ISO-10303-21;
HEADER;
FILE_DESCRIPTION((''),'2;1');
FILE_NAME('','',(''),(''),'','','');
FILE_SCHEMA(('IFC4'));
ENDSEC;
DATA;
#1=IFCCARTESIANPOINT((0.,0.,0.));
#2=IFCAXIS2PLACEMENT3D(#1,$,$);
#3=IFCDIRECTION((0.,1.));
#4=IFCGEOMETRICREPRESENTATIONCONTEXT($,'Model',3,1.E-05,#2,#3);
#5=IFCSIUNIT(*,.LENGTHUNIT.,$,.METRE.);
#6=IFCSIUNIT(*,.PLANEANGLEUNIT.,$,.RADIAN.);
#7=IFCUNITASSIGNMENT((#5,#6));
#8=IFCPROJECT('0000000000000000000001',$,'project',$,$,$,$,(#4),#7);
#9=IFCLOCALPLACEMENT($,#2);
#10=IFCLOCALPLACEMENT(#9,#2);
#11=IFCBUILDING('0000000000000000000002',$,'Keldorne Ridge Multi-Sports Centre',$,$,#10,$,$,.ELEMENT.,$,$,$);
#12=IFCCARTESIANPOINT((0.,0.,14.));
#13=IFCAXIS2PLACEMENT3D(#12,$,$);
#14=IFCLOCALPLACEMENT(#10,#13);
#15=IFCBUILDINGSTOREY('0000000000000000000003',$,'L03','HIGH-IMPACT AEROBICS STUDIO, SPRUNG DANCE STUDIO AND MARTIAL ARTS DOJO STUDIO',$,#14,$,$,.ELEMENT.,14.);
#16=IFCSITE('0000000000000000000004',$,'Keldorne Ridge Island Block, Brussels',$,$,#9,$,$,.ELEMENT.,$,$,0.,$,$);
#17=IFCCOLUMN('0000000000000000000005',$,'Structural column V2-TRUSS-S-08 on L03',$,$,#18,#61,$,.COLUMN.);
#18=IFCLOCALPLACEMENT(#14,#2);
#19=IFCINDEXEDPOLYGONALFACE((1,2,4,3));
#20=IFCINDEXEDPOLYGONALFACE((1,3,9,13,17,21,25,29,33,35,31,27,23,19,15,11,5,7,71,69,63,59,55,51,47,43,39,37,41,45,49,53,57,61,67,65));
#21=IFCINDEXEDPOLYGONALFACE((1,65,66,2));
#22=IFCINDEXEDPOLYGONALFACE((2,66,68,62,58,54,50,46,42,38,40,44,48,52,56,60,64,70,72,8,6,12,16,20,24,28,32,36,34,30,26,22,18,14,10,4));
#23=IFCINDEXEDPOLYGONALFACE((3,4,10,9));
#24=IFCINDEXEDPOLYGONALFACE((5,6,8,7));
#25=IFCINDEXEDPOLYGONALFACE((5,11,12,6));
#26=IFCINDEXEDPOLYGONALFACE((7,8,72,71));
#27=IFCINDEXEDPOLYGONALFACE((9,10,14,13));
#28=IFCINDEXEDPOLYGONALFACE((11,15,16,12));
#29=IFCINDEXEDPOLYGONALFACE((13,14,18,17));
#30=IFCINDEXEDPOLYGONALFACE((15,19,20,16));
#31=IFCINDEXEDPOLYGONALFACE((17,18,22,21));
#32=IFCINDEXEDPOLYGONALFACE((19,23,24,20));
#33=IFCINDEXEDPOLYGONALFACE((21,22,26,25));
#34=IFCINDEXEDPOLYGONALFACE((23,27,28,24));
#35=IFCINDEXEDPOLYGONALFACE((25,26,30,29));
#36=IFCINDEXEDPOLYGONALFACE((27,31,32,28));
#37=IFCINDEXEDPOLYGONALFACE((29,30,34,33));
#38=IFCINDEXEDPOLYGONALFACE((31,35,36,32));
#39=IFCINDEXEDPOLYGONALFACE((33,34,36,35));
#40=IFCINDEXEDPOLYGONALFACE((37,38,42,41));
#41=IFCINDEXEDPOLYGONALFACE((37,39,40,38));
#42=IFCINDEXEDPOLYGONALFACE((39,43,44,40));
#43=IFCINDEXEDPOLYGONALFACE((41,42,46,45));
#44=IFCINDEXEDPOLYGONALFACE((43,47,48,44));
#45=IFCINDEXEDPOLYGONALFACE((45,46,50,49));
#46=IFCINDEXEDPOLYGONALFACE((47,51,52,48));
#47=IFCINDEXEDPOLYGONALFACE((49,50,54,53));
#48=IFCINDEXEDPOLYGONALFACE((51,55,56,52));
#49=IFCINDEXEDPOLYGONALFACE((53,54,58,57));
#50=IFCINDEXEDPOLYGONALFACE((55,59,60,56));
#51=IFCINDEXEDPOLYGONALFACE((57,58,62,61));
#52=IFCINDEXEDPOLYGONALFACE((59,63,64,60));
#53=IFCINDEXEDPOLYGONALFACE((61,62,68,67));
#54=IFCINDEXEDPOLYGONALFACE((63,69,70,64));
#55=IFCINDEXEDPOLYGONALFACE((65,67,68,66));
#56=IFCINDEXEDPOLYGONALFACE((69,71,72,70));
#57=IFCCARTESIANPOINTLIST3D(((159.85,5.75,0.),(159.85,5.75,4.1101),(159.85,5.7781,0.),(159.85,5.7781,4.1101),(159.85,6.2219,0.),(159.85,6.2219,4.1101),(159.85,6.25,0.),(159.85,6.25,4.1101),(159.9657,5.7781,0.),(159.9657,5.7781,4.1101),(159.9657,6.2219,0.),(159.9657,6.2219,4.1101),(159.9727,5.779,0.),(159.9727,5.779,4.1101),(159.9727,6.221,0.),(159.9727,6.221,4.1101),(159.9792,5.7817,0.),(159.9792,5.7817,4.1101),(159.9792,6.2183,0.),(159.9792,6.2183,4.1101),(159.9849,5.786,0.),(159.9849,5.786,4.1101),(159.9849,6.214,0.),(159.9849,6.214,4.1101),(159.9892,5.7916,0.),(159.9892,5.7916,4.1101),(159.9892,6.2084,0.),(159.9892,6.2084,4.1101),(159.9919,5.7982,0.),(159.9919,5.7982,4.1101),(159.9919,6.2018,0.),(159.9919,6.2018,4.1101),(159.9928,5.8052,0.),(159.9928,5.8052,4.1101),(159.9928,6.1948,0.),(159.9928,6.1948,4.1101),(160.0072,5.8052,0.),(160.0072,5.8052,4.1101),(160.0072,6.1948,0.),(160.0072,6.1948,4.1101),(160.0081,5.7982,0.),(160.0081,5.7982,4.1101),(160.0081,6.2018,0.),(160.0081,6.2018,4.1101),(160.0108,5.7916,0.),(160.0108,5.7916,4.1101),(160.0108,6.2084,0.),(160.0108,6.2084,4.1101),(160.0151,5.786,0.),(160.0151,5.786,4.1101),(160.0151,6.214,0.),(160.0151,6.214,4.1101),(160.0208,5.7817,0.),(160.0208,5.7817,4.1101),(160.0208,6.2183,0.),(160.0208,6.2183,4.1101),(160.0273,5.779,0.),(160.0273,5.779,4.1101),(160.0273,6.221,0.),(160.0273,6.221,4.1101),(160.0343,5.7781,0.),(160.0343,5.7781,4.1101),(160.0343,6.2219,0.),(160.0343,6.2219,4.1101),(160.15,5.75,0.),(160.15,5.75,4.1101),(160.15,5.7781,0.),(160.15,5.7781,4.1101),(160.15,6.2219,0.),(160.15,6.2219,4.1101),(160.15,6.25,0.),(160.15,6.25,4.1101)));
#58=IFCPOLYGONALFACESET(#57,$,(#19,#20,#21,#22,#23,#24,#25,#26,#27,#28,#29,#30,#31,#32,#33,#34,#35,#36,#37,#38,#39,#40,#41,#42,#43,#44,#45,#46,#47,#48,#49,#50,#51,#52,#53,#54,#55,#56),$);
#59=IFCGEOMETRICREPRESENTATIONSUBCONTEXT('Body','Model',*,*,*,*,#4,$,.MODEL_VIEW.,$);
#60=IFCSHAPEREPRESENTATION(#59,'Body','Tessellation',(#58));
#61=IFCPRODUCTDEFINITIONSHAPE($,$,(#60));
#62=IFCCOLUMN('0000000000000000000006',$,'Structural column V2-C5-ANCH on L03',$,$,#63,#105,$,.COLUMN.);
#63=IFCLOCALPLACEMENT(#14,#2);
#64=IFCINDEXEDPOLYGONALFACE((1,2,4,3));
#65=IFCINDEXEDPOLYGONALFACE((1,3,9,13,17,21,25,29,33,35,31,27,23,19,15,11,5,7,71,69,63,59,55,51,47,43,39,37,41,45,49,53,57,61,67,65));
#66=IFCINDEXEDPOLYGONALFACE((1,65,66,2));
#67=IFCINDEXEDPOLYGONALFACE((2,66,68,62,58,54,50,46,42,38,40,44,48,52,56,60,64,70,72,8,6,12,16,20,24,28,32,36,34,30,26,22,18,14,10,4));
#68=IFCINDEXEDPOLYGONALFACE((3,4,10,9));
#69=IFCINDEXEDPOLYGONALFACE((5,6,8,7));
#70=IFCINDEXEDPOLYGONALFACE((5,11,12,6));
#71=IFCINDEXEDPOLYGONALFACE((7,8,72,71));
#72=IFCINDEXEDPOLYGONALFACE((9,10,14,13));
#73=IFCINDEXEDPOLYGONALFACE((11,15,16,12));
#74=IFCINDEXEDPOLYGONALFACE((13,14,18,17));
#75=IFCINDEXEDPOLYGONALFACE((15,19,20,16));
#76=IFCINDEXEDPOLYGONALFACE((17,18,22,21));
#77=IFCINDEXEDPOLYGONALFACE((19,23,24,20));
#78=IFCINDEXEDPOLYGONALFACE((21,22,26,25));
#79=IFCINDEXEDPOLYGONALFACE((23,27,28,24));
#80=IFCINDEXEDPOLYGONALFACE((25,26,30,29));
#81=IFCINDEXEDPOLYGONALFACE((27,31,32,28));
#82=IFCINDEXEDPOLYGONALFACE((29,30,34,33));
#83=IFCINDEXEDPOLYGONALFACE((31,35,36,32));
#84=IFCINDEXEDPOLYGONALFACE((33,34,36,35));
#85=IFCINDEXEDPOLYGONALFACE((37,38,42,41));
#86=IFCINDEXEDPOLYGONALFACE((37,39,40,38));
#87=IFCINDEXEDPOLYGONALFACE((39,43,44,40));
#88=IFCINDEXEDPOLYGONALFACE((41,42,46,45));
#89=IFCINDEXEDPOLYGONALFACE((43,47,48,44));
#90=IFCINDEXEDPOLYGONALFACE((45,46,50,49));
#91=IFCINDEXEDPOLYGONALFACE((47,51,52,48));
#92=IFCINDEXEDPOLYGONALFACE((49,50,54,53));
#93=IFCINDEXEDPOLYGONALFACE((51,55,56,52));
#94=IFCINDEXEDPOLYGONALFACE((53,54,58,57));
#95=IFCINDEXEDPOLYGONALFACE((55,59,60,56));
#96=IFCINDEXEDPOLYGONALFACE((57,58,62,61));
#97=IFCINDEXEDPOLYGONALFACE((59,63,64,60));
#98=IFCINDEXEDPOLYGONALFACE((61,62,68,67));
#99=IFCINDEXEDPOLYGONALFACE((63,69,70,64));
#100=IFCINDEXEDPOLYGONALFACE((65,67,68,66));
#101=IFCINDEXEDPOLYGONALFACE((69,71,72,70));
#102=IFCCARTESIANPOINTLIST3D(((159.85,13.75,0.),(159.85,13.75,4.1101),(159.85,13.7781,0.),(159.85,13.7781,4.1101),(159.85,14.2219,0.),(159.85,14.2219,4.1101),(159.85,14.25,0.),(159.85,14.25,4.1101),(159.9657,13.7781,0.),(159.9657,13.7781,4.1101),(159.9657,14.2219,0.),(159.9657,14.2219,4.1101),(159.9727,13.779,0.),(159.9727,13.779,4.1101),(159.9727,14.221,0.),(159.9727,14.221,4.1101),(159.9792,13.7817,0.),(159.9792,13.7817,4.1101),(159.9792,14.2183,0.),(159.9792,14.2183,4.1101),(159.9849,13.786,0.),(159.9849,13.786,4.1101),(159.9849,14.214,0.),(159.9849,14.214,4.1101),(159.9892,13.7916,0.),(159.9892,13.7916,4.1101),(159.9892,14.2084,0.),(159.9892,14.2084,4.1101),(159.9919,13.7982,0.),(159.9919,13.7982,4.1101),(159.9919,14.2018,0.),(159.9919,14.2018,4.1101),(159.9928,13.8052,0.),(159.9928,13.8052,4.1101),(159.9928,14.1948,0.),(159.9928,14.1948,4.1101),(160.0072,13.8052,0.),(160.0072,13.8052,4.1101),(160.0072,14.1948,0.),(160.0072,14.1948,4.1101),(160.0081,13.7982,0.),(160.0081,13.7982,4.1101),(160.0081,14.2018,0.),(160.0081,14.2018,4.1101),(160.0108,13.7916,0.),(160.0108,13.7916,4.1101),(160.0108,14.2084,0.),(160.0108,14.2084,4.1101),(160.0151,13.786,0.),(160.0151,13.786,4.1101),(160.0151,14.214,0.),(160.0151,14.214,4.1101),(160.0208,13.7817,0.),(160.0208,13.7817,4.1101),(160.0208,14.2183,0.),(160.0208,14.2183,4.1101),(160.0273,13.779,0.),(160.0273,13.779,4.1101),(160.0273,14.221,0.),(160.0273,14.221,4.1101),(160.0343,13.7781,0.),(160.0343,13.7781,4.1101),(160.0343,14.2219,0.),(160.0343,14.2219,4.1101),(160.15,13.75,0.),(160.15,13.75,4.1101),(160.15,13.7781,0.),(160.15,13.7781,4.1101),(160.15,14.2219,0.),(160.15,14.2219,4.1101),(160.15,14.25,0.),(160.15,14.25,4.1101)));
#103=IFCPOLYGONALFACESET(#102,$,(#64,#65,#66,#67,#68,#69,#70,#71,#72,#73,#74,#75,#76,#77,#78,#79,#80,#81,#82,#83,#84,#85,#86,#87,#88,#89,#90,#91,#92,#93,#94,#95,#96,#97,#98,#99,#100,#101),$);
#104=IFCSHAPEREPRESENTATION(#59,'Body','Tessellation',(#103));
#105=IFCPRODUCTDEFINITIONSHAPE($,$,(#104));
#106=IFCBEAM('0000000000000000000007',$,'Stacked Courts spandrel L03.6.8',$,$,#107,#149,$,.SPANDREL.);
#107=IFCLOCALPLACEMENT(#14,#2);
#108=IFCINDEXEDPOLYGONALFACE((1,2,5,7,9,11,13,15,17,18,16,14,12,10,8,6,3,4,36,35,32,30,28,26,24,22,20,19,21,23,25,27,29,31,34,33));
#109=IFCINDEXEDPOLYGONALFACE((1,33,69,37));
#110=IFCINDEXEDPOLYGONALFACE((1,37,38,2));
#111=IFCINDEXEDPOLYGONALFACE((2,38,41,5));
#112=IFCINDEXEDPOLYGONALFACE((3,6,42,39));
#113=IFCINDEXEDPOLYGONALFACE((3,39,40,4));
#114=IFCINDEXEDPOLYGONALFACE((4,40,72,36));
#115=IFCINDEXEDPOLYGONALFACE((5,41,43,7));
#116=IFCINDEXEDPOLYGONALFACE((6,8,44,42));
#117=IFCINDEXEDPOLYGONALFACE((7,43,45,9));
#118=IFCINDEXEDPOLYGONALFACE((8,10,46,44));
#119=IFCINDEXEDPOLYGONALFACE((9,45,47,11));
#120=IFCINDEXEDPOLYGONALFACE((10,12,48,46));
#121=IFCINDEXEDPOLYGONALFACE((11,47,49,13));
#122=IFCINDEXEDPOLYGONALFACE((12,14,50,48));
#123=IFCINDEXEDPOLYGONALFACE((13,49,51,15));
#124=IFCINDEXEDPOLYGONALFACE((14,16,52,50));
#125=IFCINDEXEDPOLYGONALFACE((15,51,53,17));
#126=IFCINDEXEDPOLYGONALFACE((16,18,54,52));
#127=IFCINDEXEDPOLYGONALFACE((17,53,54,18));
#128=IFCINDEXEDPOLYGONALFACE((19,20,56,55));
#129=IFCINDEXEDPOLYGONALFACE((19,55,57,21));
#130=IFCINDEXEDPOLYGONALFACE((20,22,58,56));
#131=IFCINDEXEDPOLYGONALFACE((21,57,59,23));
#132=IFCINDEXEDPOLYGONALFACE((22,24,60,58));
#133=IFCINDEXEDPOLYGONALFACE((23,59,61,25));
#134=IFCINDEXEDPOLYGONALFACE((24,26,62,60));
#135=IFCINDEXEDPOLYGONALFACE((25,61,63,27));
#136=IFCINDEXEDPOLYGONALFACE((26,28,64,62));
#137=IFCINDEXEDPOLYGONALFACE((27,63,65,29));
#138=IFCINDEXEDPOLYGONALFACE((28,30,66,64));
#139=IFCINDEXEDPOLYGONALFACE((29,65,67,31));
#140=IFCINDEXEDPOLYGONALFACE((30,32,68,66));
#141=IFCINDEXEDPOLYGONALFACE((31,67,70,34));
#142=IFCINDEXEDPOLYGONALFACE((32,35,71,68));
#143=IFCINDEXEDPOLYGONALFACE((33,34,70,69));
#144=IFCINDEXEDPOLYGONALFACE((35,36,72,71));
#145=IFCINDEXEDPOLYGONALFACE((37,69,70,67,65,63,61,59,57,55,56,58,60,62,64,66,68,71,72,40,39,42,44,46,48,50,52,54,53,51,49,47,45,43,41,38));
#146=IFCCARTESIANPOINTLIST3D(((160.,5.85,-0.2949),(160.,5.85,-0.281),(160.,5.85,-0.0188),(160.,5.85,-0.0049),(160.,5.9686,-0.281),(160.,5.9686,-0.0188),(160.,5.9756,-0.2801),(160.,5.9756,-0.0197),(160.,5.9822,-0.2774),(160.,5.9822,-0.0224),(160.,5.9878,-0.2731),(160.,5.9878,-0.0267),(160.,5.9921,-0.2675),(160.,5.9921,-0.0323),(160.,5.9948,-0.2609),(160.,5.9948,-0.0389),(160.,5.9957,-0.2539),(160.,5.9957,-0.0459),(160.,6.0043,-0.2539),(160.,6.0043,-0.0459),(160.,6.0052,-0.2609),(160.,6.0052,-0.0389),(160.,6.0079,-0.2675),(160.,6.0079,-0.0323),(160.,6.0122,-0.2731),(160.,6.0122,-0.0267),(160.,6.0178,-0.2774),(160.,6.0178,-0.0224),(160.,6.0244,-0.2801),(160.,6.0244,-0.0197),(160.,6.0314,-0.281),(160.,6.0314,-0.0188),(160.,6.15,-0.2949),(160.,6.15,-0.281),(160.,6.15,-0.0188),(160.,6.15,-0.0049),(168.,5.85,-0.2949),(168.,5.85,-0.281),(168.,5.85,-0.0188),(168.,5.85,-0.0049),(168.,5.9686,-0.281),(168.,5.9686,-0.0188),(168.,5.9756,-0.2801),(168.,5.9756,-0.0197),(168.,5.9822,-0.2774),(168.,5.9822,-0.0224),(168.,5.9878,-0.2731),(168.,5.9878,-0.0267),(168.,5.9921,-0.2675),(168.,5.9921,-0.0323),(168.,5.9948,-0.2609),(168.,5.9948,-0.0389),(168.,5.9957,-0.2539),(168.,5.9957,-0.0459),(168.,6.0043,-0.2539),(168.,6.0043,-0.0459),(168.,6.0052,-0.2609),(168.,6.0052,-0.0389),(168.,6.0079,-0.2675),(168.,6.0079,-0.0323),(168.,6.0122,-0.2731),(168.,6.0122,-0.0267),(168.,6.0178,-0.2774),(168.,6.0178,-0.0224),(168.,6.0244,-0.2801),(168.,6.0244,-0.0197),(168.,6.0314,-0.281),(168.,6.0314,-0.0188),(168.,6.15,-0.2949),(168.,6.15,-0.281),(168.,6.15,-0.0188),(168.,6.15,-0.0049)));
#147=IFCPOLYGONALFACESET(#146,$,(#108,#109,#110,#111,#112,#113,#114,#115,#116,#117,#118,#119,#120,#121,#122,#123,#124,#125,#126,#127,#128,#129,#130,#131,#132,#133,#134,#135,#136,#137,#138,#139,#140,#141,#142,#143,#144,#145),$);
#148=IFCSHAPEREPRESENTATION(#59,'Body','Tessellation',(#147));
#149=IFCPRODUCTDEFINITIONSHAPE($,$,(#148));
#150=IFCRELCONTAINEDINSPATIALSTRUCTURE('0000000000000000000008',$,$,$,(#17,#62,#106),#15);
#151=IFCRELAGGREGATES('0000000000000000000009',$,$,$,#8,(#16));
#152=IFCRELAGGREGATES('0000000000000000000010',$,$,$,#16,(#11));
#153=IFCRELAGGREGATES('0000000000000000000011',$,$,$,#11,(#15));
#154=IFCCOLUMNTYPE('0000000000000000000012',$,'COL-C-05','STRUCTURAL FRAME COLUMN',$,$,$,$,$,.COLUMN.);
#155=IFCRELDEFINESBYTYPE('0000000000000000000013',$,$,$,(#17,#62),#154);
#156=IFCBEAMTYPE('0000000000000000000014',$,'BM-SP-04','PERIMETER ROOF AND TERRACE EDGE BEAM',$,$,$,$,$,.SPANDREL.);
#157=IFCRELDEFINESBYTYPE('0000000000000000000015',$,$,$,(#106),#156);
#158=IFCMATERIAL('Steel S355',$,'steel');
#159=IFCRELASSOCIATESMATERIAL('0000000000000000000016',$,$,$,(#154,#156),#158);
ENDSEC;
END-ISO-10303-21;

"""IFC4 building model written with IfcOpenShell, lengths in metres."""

from ifc_helpers import new_model, si_unit, direction, frame, origin, origin_2d, place, context, subcontext, project, spatial, i_section, extrude, material, material_profile, profile_set, type_object, element, save


model = new_model("IFC4")

# Units and contexts
model_context = context("Model", 3, precision=1e-05, world=origin(), true_north=direction((0.0, 1.0)))
body_context = subcontext(model_context, "Body", "Model", "MODEL_VIEW")
ifc_project = project(units=[si_unit("LENGTHUNIT", "METRE"), si_unit("PLANEANGLEUNIT", "RADIAN")], contexts=[model_context])

# Site, building, storey
site_placement = place(None, origin())
site = spatial("IfcSite", under=ifc_project, at=site_placement, Name="Keldorne Ridge Island Block, Brussels", CompositionType="ELEMENT", RefElevation=0.0)
building_placement = place(site_placement, origin())
building = spatial("IfcBuilding", under=site, at=building_placement, Name="Keldorne Ridge Multi-Sports Centre", CompositionType="ELEMENT")
storey_placement = place(building_placement, frame((0.0, 0.0, 14.0)))
storey = spatial("IfcBuildingStorey", under=building, at=storey_placement, Name="L03", Description="HIGH-IMPACT AEROBICS STUDIO, SPRUNG DANCE STUDIO AND MARTIAL ARTS DOJO STUDIO", CompositionType="ELEMENT", Elevation=14.0)

# Columns
ifc_material_1 = material(Name="Steel S355", Category="steel")
ifc_material_profile_1 = material_profile(ifc_material_1, i_section(OverallWidth=0.3, OverallDepth=0.5, WebThickness=0.0144, FlangeThickness=0.0281, FilletRadius=0.0271, at=origin_2d()), Name="HEB 500")
ifc_profile_set_1 = profile_set([ifc_material_profile_1], Name="Steel S355")
column_type = type_object("IfcColumnType", Name="COL-C-05", Description="STRUCTURAL FRAME COLUMN", PredefinedType="COLUMN", material=ifc_profile_set_1)
for number, where, z_axis, x_axis, name in (
    (1, (160.0, 6.0, 0.0), (0.0, 0.0, 1.0), (1.0, 0.0, 0.0), "Structural column V2-TRUSS-S-08 on L03"),
    (2, (160.0, 14.0, 0.0), (0.0, 0.0, 1.0), (1.0, 0.0, 0.0), "Structural column V2-C5-ANCH on L03"),
):
    element("IfcColumn", number, at=place(storey_placement, frame(where, z_axis=z_axis, x_axis=x_axis)), inside=storey, type_object=column_type, Name=name, PredefinedType="COLUMN", context=body_context, shape_type="SweptSolid", body=[
        extrude(i_section(OverallWidth=0.3, OverallDepth=0.5, WebThickness=0.0144, FlangeThickness=0.0281, FilletRadius=0.0271, at=origin_2d()), origin(), (0.0, 0.0, 1.0), 4.1101),
    ])

# Beam
ifc_material_profile_2 = material_profile(ifc_material_1, i_section(OverallWidth=0.3, OverallDepth=0.29, WebThickness=0.0085, FlangeThickness=0.0139, FilletRadius=0.0271, at=origin_2d()), Name="HEA 300")
ifc_profile_set_2 = profile_set([ifc_material_profile_2], Name="Steel S355")
beam_type = type_object("IfcBeamType", Name="BM-SP-04", Description="PERIMETER ROOF AND TERRACE EDGE BEAM", PredefinedType="SPANDREL", material=ifc_profile_set_2)
beam_placement = place(storey_placement, frame((160.0, 6.0, -0.1499), z_axis=(1.0, 0.0, 0.0), x_axis=(0.0, 1.0, 0.0)))
element("IfcBeam", 3, at=beam_placement, inside=storey, type_object=beam_type, Name="Stacked Courts spandrel L03.6.8", PredefinedType="SPANDREL", context=body_context, shape_type="SweptSolid", body=[
    extrude(i_section(OverallWidth=0.3, OverallDepth=0.29, WebThickness=0.0085, FlangeThickness=0.0139, FilletRadius=0.0271, at=origin_2d()), origin(), (0.0, 0.0, 1.0), 8.0),
])

save(model, "model.ifc")
